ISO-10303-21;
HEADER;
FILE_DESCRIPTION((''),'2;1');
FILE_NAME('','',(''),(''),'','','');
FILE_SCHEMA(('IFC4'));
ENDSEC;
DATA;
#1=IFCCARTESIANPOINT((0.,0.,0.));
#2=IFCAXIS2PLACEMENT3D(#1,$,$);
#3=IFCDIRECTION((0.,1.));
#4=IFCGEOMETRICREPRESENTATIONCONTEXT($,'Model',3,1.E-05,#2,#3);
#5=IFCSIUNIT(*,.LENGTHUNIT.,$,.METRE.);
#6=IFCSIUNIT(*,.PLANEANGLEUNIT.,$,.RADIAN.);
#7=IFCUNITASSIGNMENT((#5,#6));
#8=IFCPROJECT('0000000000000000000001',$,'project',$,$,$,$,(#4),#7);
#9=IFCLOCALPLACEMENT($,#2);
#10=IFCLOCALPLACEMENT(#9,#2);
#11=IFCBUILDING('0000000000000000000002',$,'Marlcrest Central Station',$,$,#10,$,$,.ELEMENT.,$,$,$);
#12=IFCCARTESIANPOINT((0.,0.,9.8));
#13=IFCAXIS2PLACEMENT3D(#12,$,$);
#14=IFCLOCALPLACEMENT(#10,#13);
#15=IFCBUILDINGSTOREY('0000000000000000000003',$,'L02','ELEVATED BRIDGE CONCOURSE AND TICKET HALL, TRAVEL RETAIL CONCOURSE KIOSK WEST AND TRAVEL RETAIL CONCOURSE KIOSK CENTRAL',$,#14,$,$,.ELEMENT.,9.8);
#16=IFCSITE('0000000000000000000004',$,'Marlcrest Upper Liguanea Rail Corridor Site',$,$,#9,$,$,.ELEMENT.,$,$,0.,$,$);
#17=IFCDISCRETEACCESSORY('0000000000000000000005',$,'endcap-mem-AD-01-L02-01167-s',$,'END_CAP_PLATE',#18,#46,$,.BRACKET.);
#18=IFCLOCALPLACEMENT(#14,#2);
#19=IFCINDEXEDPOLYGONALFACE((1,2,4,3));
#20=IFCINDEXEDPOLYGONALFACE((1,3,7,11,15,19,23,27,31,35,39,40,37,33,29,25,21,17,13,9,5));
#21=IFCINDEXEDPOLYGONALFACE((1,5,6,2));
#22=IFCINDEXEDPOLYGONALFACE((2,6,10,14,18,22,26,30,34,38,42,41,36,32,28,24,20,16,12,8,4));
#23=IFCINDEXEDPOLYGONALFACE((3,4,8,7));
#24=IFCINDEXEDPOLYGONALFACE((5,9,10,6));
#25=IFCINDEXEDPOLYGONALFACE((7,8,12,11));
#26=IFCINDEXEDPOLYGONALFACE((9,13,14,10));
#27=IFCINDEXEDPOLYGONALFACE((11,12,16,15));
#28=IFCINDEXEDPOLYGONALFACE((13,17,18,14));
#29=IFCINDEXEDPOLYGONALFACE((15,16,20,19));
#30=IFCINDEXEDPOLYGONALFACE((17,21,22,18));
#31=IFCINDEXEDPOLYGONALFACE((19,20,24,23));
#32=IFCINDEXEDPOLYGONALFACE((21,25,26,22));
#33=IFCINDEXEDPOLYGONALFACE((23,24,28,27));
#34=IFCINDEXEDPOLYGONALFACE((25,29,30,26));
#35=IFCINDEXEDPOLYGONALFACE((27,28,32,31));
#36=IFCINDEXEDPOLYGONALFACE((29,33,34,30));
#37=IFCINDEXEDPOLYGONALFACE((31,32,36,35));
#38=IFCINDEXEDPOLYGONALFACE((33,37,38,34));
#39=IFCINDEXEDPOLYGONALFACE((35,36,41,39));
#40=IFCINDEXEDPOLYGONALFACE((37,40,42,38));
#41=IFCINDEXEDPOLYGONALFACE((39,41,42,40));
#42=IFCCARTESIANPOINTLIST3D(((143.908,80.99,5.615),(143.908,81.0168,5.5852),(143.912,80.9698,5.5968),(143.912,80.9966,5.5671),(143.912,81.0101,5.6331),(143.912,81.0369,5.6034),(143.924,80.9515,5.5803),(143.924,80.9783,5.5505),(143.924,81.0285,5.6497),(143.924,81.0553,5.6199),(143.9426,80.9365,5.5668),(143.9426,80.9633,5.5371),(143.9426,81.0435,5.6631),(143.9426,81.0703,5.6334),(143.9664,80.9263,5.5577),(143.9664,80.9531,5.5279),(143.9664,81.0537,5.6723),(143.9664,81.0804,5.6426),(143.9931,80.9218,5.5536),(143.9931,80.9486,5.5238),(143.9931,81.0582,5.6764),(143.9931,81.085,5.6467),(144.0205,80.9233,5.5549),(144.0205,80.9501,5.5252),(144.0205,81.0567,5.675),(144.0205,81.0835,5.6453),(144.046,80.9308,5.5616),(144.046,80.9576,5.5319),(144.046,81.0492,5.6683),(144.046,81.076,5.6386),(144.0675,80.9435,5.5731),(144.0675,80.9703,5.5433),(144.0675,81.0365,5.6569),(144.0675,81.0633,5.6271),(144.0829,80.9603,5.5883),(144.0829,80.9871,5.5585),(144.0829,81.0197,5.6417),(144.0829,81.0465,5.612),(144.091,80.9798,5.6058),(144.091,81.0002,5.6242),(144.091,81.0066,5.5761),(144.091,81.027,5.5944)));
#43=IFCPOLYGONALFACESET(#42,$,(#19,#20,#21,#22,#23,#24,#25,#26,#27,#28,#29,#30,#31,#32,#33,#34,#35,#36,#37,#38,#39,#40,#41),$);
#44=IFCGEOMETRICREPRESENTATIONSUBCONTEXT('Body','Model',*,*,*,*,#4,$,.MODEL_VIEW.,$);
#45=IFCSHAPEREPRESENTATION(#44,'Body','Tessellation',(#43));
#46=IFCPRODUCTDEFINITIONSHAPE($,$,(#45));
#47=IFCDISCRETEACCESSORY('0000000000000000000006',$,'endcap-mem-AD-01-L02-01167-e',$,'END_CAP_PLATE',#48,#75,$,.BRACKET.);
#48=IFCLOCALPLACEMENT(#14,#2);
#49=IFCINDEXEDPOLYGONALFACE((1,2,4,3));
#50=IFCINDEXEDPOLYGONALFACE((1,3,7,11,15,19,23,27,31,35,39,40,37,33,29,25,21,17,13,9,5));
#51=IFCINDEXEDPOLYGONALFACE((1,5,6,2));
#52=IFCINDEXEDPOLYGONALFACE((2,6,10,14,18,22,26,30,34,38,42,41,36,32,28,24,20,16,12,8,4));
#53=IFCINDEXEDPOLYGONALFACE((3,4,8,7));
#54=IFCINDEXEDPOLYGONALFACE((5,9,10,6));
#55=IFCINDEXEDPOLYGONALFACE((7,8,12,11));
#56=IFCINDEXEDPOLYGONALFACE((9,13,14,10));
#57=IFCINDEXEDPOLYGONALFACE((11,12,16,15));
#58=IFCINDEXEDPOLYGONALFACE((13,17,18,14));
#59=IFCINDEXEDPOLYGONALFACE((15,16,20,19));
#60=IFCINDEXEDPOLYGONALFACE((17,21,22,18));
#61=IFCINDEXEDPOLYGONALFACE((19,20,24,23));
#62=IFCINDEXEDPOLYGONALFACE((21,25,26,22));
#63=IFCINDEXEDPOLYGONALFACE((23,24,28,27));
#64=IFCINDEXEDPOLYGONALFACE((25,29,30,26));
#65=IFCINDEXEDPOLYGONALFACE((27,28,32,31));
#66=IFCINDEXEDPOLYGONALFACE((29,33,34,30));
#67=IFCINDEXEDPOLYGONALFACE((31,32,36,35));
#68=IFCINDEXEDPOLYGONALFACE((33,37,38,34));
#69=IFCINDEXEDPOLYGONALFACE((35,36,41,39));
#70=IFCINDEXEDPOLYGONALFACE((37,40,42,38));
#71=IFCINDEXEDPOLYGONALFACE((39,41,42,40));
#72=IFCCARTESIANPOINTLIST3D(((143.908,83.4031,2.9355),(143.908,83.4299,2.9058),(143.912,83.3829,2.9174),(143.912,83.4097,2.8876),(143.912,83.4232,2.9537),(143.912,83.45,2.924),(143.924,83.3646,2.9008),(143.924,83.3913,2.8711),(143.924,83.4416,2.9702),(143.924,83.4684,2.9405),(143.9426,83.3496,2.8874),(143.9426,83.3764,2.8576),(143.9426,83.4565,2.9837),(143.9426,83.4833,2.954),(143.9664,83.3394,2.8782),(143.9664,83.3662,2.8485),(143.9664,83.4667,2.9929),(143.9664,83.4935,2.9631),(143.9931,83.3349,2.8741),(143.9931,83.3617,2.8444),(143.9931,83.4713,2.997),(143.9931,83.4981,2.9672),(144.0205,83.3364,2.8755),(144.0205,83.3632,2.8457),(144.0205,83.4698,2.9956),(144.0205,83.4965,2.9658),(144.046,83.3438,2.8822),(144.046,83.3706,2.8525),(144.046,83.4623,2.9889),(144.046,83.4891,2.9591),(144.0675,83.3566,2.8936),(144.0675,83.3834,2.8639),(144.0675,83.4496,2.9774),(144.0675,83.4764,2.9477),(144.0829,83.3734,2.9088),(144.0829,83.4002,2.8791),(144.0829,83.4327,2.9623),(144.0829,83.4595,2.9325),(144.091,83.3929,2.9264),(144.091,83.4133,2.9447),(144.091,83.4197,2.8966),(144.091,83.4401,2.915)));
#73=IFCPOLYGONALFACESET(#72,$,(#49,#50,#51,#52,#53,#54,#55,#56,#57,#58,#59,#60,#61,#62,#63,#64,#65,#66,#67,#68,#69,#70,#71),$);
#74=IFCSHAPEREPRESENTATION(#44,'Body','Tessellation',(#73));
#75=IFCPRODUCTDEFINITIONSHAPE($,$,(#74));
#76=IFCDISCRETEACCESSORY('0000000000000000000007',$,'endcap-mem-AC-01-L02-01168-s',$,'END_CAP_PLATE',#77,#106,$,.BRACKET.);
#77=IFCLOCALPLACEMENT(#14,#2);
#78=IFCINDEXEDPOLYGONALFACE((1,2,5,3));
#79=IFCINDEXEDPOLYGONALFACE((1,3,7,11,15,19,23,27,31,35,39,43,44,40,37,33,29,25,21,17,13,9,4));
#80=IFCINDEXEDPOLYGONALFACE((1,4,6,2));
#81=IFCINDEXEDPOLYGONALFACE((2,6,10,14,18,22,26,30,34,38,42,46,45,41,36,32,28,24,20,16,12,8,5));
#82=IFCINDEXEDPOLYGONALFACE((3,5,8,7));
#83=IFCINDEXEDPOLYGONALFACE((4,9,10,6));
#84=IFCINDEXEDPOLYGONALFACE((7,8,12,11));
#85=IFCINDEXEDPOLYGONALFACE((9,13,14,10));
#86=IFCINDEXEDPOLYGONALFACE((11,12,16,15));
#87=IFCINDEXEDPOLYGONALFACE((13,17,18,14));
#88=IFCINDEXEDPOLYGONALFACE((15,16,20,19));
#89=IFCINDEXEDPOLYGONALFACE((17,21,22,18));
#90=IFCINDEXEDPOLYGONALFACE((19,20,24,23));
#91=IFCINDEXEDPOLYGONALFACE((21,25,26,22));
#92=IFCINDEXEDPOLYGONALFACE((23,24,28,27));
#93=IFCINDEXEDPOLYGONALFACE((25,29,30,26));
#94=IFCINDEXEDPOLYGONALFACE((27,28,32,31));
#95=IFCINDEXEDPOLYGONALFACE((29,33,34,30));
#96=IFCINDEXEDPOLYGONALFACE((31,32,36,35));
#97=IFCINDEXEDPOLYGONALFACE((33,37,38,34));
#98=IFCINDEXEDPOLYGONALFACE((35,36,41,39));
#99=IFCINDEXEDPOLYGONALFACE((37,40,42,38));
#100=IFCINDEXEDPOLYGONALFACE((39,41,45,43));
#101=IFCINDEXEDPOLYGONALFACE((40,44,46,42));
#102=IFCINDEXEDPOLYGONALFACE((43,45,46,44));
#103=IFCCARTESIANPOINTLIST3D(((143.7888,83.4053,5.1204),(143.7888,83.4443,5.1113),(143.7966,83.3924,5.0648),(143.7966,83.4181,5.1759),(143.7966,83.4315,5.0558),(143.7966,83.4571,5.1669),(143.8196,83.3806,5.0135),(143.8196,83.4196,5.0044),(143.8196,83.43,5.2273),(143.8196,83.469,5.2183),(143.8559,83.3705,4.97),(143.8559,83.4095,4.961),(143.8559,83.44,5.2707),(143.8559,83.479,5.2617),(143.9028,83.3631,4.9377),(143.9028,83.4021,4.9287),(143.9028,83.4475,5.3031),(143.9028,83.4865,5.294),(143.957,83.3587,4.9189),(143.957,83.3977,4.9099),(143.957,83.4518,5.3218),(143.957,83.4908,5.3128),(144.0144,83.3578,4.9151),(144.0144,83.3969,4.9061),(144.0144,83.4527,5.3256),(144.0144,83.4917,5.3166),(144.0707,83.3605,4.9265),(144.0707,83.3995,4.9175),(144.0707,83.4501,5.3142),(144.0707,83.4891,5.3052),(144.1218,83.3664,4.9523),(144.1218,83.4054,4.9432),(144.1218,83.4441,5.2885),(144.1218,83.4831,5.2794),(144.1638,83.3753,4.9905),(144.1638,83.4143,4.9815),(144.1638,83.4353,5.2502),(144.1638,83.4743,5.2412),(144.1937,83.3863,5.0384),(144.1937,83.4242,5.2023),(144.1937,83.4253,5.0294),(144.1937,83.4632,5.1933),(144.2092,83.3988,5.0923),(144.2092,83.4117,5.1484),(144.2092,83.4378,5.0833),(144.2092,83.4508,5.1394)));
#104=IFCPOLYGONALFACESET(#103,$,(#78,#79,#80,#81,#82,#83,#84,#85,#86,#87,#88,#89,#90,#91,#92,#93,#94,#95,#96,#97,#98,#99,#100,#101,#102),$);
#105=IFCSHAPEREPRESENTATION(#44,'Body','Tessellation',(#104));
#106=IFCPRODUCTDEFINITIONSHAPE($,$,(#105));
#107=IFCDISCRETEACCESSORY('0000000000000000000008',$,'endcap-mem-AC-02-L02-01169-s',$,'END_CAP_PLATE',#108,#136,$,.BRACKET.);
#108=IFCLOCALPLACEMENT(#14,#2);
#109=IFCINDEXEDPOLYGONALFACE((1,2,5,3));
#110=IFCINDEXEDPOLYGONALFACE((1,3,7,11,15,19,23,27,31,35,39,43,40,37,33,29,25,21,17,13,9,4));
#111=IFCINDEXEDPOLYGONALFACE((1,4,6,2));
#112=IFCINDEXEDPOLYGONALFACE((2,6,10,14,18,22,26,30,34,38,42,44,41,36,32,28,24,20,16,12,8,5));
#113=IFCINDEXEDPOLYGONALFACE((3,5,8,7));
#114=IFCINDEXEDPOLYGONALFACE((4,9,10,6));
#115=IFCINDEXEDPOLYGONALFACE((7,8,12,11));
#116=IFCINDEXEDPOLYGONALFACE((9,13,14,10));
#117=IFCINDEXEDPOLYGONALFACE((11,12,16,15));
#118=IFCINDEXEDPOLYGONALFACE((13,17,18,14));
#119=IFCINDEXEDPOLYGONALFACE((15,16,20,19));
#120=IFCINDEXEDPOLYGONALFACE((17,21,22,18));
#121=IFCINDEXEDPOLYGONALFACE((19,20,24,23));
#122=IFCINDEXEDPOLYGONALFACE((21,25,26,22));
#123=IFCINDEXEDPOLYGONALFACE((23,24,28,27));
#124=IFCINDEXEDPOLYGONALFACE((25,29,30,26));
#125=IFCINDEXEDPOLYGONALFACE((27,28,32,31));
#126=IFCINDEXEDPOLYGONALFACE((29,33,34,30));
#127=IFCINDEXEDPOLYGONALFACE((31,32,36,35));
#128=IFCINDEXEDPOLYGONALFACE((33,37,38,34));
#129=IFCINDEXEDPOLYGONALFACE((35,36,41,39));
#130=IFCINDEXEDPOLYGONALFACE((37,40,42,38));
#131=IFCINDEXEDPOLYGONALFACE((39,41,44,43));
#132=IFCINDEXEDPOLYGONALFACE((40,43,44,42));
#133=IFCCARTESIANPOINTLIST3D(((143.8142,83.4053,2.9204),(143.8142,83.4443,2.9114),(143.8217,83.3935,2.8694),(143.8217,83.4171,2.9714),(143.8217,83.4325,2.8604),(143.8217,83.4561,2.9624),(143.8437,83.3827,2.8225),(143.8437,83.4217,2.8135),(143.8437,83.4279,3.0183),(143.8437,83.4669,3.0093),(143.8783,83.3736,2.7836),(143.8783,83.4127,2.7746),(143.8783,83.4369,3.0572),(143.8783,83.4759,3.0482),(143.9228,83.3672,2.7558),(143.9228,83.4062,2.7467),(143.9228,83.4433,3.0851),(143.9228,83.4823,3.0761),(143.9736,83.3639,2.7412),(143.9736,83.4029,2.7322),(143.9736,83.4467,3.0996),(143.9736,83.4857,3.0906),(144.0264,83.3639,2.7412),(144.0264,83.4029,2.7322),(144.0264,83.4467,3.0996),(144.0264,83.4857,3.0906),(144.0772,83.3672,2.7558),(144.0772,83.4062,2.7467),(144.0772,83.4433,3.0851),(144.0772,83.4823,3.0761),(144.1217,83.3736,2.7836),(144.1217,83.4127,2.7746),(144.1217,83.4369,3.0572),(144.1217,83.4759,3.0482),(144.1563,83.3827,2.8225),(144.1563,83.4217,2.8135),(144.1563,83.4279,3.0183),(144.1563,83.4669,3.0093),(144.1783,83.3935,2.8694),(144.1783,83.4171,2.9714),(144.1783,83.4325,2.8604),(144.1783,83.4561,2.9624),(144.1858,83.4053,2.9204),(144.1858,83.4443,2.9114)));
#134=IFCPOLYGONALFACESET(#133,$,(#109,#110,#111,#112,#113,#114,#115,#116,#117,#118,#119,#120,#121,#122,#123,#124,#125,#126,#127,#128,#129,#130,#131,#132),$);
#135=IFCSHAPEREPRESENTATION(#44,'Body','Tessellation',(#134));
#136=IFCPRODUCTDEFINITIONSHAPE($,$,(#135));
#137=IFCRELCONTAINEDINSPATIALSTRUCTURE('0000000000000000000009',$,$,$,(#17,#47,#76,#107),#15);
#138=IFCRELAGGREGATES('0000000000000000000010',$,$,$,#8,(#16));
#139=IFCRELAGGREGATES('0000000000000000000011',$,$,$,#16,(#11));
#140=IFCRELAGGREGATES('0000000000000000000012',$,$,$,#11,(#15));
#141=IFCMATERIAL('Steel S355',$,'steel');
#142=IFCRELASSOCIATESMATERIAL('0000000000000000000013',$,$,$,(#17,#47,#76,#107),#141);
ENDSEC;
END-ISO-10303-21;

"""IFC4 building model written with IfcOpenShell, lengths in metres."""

from ifc_helpers import new_model, si_unit, direction, frame, origin, origin_2d, place, context, subcontext, project, spatial, circle, extrude, material, element, save


model = new_model("IFC4")

# Units and contexts
model_context = context("Model", 3, precision=1e-05, world=origin(), true_north=direction((0.0, 1.0)))
body_context = subcontext(model_context, "Body", "Model", "MODEL_VIEW")
ifc_project = project(units=[si_unit("LENGTHUNIT", "METRE"), si_unit("PLANEANGLEUNIT", "RADIAN")], contexts=[model_context])

# Site, building, storey
site_placement = place(None, origin())
site = spatial("IfcSite", under=ifc_project, at=site_placement, Name="Marlcrest Upper Liguanea Rail Corridor Site", CompositionType="ELEMENT", RefElevation=0.0)
building_placement = place(site_placement, origin())
building = spatial("IfcBuilding", under=site, at=building_placement, Name="Marlcrest Central Station", CompositionType="ELEMENT")
storey_placement = place(building_placement, frame((0.0, 0.0, 9.8)))
storey = spatial("IfcBuildingStorey", under=building, at=storey_placement, Name="L02", Description="ELEVATED BRIDGE CONCOURSE AND TICKET HALL, TRAVEL RETAIL CONCOURSE KIOSK WEST AND TRAVEL RETAIL CONCOURSE KIOSK CENTRAL", CompositionType="ELEMENT", Elevation=9.8)

# Shared definitions
ifc_material_1 = material(Name="Steel S355", Category="steel")

# Discrete accessories
for number, where, z_axis, x_axis, name in (
    (1, (144.0, 80.99, 5.615), (0.0, 0.669244, -0.743042), (-1.0, 0.0, 0.0), "endcap-mem-AD-01-L02-01167-s"),
    (2, (144.0, 83.4031, 2.9355), (0.0, 0.669244, -0.743042), (-1.0, 0.0, 0.0), "endcap-mem-AD-01-L02-01167-e"),
):
    element("IfcDiscreteAccessory", number, at=place(storey_placement, frame(where, z_axis=z_axis, x_axis=x_axis)), inside=storey, material=ifc_material_1, Name=name, ObjectType="END_CAP_PLATE", PredefinedType="BRACKET", context=body_context, shape_type="SweptSolid", body=[
        extrude(circle(Radius=0.092, at=origin_2d()), origin(), (0.0, 0.0, 1.0), 0.04),
    ])
discrete_accessory_1_placement = place(storey_placement, frame((144.0, 83.4053, 5.1204), z_axis=(0.0, 0.97433, -0.225126), x_axis=(-1.0, 0.0, 0.0)))
element("IfcDiscreteAccessory", 3, at=discrete_accessory_1_placement, inside=storey, material=ifc_material_1, Name="endcap-mem-AC-01-L02-01168-s", ObjectType="END_CAP_PLATE", PredefinedType="BRACKET", context=body_context, shape_type="SweptSolid", body=[
    extrude(circle(Radius=0.2112, at=origin_2d()), origin(), (0.0, 0.0, 1.0), 0.04),
])
discrete_accessory_2_placement = place(storey_placement, frame((144.0, 83.4053, 2.9204), z_axis=(0.0, 0.974308, -0.22522), x_axis=(-1.0, 0.0, 0.0)))
element("IfcDiscreteAccessory", 4, at=discrete_accessory_2_placement, inside=storey, material=ifc_material_1, Name="endcap-mem-AC-02-L02-01169-s", ObjectType="END_CAP_PLATE", PredefinedType="BRACKET", context=body_context, shape_type="SweptSolid", body=[
    extrude(circle(Radius=0.1858, at=origin_2d()), origin(), (0.0, 0.0, 1.0), 0.04),
])

save(model, "model.ifc")
